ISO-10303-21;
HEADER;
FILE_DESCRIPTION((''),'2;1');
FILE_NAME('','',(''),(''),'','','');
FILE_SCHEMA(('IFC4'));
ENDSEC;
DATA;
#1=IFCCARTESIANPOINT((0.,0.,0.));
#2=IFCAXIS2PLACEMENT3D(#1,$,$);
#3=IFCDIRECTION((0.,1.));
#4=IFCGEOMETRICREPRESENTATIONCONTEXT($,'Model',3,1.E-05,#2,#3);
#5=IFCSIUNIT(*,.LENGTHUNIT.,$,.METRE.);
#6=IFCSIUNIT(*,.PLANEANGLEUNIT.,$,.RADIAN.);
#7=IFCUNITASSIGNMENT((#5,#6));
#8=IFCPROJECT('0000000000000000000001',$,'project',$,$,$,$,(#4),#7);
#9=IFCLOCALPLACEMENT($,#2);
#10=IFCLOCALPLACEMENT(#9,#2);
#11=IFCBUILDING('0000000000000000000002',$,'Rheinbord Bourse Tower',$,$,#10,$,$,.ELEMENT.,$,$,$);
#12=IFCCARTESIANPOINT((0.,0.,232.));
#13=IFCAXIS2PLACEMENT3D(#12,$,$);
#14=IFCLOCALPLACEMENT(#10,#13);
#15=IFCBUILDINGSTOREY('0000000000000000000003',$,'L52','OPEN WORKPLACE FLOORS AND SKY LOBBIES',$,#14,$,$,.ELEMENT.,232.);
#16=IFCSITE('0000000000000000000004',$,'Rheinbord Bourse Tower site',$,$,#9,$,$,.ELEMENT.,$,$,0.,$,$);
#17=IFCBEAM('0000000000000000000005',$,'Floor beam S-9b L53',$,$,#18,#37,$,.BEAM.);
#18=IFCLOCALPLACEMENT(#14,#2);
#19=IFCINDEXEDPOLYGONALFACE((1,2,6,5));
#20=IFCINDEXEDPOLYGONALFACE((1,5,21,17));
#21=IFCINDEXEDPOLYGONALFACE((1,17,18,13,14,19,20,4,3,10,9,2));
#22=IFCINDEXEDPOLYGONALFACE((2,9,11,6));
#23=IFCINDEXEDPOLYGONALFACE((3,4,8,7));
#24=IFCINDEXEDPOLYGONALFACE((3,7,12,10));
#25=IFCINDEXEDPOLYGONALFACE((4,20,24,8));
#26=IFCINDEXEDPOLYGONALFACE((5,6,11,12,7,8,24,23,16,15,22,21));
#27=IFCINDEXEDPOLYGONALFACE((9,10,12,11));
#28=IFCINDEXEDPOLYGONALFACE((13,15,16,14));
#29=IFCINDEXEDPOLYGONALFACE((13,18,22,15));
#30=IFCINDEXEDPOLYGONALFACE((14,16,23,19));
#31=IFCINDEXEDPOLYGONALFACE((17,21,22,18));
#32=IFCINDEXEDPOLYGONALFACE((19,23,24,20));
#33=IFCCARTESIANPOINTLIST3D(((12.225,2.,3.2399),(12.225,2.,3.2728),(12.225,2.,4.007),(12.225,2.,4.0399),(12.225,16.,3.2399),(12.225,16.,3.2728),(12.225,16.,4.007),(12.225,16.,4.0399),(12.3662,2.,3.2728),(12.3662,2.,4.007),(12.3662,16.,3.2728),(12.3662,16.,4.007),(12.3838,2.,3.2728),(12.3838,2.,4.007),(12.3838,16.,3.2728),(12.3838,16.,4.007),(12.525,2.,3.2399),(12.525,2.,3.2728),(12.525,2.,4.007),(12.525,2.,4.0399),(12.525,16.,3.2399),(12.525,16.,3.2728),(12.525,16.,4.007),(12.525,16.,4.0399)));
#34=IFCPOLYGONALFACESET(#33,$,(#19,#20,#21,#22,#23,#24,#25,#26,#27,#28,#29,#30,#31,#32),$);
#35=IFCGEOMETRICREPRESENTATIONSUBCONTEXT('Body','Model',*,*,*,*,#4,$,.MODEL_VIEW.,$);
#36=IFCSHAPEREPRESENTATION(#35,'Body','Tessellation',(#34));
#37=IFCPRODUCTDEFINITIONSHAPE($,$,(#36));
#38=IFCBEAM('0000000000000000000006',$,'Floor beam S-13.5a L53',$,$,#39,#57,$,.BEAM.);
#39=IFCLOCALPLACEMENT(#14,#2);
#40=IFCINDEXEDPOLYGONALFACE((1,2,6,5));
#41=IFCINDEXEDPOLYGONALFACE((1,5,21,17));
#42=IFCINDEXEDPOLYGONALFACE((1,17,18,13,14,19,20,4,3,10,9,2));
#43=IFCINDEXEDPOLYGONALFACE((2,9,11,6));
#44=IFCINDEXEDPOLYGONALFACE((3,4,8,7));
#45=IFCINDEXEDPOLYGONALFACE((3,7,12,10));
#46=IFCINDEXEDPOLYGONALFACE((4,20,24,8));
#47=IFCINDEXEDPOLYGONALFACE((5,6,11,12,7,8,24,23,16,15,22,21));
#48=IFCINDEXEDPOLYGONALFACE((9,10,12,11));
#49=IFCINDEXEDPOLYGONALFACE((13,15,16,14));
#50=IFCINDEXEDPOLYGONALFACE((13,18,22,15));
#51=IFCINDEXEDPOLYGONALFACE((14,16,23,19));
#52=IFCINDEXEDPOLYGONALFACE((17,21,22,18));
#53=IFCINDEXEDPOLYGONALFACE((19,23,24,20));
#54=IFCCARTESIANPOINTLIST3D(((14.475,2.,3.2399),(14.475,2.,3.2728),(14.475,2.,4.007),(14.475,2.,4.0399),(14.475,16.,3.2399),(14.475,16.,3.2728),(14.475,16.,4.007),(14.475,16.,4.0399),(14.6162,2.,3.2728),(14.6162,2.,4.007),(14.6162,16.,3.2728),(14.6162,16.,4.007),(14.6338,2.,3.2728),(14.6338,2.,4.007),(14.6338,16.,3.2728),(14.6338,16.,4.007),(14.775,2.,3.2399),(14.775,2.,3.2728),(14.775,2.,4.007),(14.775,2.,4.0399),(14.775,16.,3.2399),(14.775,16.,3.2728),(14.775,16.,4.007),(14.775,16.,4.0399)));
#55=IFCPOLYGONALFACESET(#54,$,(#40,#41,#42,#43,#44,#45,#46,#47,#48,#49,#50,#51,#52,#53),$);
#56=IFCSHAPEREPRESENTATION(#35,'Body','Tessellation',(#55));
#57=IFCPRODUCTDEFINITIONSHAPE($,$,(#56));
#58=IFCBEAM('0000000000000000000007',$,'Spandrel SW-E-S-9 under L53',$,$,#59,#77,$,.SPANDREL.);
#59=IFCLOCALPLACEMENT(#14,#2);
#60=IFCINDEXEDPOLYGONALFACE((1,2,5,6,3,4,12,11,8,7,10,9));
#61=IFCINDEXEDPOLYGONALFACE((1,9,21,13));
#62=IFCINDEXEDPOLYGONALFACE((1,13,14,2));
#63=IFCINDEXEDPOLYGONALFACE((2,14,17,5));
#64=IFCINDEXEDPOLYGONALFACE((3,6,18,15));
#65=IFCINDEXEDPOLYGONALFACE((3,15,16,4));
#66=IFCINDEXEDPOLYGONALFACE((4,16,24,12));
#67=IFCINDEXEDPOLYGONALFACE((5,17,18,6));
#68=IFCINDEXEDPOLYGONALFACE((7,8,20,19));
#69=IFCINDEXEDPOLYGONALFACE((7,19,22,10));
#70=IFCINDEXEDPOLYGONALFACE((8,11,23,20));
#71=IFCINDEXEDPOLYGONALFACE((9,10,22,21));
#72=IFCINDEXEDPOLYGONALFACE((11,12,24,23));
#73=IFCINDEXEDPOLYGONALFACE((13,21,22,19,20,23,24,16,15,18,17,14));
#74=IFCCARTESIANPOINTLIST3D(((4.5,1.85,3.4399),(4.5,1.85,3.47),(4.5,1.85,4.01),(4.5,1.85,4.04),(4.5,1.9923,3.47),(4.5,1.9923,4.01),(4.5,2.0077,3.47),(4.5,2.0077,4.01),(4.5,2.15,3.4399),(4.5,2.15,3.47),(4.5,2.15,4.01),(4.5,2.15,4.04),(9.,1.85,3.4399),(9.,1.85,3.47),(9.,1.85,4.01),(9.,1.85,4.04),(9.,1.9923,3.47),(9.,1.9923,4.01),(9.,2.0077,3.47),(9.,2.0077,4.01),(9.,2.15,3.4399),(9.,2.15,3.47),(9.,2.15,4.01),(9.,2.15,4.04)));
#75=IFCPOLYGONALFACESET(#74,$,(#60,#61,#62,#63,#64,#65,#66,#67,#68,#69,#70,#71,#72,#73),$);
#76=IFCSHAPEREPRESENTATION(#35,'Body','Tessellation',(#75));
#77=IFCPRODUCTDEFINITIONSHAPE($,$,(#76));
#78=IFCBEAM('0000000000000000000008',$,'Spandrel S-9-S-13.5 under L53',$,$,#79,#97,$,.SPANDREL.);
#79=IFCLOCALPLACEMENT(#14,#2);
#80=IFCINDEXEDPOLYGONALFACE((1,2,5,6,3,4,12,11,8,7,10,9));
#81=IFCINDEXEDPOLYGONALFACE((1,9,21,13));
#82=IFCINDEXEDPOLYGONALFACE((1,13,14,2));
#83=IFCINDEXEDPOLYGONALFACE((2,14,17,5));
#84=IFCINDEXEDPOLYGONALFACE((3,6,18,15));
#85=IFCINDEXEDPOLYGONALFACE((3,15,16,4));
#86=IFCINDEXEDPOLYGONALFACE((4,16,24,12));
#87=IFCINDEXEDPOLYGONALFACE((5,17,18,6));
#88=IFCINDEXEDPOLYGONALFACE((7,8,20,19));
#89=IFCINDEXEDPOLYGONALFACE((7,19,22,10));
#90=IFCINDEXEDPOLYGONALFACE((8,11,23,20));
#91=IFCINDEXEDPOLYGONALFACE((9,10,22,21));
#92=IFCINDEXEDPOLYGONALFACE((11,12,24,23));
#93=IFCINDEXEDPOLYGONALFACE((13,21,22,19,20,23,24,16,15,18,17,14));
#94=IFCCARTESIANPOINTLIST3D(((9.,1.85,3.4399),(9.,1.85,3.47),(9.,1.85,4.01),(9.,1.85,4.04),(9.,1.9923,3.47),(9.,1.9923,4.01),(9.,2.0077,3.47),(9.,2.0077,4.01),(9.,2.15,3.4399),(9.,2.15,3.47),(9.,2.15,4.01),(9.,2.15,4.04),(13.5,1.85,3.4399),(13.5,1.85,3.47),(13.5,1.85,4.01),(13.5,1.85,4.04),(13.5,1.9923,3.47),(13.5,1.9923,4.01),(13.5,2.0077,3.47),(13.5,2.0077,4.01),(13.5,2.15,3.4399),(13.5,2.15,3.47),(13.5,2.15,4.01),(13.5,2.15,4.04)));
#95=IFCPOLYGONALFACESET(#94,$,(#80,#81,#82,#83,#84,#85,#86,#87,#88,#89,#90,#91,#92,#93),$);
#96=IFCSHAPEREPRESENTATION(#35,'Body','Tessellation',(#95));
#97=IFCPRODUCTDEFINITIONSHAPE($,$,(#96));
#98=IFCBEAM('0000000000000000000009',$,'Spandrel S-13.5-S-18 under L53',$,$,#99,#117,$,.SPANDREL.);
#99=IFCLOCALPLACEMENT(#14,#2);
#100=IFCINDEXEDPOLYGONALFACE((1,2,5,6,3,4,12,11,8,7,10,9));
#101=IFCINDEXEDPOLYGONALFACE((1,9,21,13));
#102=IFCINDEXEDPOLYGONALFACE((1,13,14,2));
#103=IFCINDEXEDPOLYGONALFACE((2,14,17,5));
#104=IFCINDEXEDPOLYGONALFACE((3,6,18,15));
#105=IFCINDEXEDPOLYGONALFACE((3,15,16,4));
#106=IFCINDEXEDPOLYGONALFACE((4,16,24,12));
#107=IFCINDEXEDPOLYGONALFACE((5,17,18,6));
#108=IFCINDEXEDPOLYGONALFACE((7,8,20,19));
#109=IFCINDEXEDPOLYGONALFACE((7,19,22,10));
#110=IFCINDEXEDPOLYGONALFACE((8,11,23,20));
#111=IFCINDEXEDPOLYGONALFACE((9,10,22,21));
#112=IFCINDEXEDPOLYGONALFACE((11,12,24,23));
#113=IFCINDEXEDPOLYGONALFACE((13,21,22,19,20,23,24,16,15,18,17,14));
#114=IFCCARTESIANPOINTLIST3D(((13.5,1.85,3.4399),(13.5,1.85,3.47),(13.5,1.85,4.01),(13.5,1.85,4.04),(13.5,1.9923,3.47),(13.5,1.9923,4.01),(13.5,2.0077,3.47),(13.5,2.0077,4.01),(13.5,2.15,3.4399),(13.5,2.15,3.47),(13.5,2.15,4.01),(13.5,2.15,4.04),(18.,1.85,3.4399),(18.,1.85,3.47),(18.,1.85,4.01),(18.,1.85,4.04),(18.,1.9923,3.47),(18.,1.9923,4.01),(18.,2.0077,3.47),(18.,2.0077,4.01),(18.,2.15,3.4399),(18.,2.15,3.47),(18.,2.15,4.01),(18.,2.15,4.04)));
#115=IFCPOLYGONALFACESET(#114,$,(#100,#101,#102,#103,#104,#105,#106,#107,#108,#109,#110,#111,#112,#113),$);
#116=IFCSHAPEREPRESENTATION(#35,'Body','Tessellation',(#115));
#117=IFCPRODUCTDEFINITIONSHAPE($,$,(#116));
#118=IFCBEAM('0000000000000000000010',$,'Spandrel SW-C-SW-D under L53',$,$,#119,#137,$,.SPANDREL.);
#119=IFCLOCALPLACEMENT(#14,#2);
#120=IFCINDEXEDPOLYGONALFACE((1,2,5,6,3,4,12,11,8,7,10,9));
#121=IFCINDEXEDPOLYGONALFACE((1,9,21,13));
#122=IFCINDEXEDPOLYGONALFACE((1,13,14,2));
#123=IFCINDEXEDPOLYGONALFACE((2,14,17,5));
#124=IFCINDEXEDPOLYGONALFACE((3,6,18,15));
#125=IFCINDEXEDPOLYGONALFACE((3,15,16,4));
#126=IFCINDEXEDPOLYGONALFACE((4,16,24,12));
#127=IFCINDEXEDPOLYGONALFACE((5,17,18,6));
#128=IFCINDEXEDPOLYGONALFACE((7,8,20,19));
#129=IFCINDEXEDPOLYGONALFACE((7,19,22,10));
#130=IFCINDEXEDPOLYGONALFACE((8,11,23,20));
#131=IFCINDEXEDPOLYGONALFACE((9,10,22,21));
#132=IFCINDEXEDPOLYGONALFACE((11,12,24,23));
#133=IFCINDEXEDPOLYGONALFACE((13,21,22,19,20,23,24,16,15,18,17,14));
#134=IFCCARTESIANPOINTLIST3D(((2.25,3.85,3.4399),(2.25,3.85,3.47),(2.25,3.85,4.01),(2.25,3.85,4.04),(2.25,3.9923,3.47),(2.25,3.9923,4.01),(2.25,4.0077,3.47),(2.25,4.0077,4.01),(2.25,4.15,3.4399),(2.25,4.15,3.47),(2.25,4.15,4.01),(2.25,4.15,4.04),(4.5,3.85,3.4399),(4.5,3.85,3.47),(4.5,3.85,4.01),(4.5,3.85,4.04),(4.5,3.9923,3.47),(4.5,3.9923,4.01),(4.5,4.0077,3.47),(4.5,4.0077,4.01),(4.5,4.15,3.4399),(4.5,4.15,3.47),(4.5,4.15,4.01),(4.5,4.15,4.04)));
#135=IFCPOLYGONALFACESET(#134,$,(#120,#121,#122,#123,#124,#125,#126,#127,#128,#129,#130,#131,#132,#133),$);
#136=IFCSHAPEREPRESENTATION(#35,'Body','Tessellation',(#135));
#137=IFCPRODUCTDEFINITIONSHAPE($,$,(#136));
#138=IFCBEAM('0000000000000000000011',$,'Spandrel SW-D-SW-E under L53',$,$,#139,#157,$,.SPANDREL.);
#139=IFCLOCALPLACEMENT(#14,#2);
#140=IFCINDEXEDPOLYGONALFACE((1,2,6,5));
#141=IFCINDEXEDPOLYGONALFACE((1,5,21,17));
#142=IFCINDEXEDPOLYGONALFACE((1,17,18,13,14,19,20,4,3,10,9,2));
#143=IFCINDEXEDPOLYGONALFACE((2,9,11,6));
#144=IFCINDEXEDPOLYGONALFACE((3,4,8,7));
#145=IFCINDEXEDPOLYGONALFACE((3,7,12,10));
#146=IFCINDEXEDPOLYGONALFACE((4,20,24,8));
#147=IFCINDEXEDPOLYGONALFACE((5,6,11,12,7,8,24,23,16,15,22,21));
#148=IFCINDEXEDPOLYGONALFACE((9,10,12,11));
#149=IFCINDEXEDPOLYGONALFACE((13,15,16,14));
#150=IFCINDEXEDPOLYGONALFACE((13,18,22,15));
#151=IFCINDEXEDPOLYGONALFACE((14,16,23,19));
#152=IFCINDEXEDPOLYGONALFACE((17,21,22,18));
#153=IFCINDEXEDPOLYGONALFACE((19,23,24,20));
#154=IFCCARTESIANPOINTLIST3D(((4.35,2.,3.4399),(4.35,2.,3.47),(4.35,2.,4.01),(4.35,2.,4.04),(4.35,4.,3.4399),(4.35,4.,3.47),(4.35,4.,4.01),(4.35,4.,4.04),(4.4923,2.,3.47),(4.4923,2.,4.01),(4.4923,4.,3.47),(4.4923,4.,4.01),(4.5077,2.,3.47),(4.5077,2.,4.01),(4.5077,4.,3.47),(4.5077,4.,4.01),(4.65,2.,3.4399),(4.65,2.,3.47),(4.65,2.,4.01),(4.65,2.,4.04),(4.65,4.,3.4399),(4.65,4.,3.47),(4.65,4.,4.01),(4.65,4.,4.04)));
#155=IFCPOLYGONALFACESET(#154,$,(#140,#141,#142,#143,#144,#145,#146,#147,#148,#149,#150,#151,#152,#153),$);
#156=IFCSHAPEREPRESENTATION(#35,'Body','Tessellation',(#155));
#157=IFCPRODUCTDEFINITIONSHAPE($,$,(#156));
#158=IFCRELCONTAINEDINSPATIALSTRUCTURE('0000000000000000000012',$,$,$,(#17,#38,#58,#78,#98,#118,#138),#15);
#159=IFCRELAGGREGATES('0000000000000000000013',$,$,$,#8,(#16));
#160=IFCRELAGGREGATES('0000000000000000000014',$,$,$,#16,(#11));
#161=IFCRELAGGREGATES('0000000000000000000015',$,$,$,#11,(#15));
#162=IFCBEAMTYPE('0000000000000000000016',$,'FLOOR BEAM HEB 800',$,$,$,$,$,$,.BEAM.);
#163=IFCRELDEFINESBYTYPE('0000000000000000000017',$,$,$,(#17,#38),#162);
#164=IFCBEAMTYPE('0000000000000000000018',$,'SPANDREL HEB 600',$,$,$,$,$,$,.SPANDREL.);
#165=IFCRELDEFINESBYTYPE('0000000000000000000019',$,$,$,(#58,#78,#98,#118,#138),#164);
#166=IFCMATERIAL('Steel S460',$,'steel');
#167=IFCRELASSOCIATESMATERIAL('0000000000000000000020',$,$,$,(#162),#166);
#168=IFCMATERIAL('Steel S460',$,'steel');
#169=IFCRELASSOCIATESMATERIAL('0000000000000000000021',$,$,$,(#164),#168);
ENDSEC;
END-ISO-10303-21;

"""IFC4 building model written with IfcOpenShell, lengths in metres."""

from ifc_helpers import new_model, si_unit, direction, frame, origin, origin_2d, place, context, subcontext, project, spatial, i_section, extrude, material, material_profile, profile_set, type_object, element, save


model = new_model("IFC4")

# Units and contexts
model_context = context("Model", 3, precision=1e-05, world=origin(), true_north=direction((0.0, 1.0)))
body_context = subcontext(model_context, "Body", "Model", "MODEL_VIEW")
ifc_project = project(units=[si_unit("LENGTHUNIT", "METRE"), si_unit("PLANEANGLEUNIT", "RADIAN")], contexts=[model_context])

# Site, building, storey
site_placement = place(None, origin())
site = spatial("IfcSite", under=ifc_project, at=site_placement, Name="Rheinbord Bourse Tower site", CompositionType="ELEMENT", RefElevation=0.0)
building_placement = place(site_placement, origin())
building = spatial("IfcBuilding", under=site, at=building_placement, Name="Rheinbord Bourse Tower", CompositionType="ELEMENT")
storey_placement = place(building_placement, frame((0.0, 0.0, 232.0)))
storey = spatial("IfcBuildingStorey", under=building, at=storey_placement, Name="L52", Description="OPEN WORKPLACE FLOORS AND SKY LOBBIES", CompositionType="ELEMENT", Elevation=232.0)

# Beams
ifc_material_1 = material(Name="Steel S460", Category="steel")
ifc_material_profile_1 = material_profile(ifc_material_1, i_section(OverallWidth=0.3, OverallDepth=0.8, WebThickness=0.0176, FlangeThickness=0.033, at=origin_2d()), Name="HEB 800")
ifc_profile_set_1 = profile_set([ifc_material_profile_1], Name="Steel S460")
beam_type_1 = type_object("IfcBeamType", Name="FLOOR BEAM HEB 800", PredefinedType="BEAM", material=ifc_profile_set_1)
for number, where, z_axis, x_axis, name in (
    (1, (12.375, 2.0, 3.6399), (0.0, 1.0, 0.0), (-1.0, 0.0, 0.0), "Floor beam S-9b L53"),
    (2, (14.625, 2.0, 3.6399), (0.0, 1.0, 0.0), (-1.0, 0.0, 0.0), "Floor beam S-13.5a L53"),
):
    element("IfcBeam", number, at=place(storey_placement, frame(where, z_axis=z_axis, x_axis=x_axis)), inside=storey, type_object=beam_type_1, Name=name, PredefinedType="BEAM", context=body_context, shape_type="SweptSolid", body=[
        extrude(i_section(OverallWidth=0.3, OverallDepth=0.8, WebThickness=0.0176, FlangeThickness=0.033, at=origin_2d()), origin(), (0.0, 0.0, 1.0), 14.0),
    ])
ifc_material_2 = material(Name="Steel S460", Category="steel")
ifc_material_profile_2 = material_profile(ifc_material_2, i_section(OverallWidth=0.3, OverallDepth=0.6001, WebThickness=0.0154, FlangeThickness=0.03, at=origin_2d()), Name="HEB 600")
ifc_profile_set_2 = profile_set([ifc_material_profile_2], Name="Steel S460")
beam_type_2 = type_object("IfcBeamType", Name="SPANDREL HEB 600", PredefinedType="SPANDREL", material=ifc_profile_set_2)
for number, where, z_axis, x_axis, name in (
    (3, (4.5, 2.0, 3.74), (1.0, 0.0, 0.0), (0.0, 1.0, 0.0), "Spandrel SW-E-S-9 under L53"),
    (4, (9.0, 2.0, 3.74), (1.0, 0.0, 0.0), (0.0, 1.0, 0.0), "Spandrel S-9-S-13.5 under L53"),
    (5, (13.5, 2.0, 3.74), (1.0, 0.0, 0.0), (0.0, 1.0, 0.0), "Spandrel S-13.5-S-18 under L53"),
):
    element("IfcBeam", number, at=place(storey_placement, frame(where, z_axis=z_axis, x_axis=x_axis)), inside=storey, type_object=beam_type_2, Name=name, PredefinedType="SPANDREL", context=body_context, shape_type="SweptSolid", body=[
        extrude(i_section(OverallWidth=0.3, OverallDepth=0.6001, WebThickness=0.0154, FlangeThickness=0.03, at=origin_2d()), origin(), (0.0, 0.0, 1.0), 4.5),
    ])
beam_1_placement = place(storey_placement, frame((2.25, 4.0, 3.74), z_axis=(1.0, 0.0, 0.0), x_axis=(0.0, 1.0, 0.0)))
element("IfcBeam", 6, at=beam_1_placement, inside=storey, type_object=beam_type_2, Name="Spandrel SW-C-SW-D under L53", PredefinedType="SPANDREL", context=body_context, shape_type="SweptSolid", body=[
    extrude(i_section(OverallWidth=0.3, OverallDepth=0.6001, WebThickness=0.0154, FlangeThickness=0.03, at=origin_2d()), origin(), (0.0, 0.0, 1.0), 2.25),
])
beam_2_placement = place(storey_placement, frame((4.5, 4.0, 3.74), z_axis=(0.0, -1.0, 0.0), x_axis=(1.0, 0.0, 0.0)))
element("IfcBeam", 7, at=beam_2_placement, inside=storey, type_object=beam_type_2, Name="Spandrel SW-D-SW-E under L53", PredefinedType="SPANDREL", context=body_context, shape_type="SweptSolid", body=[
    extrude(i_section(OverallWidth=0.3, OverallDepth=0.6001, WebThickness=0.0154, FlangeThickness=0.03, at=origin_2d()), origin(), (0.0, 0.0, 1.0), 2.0),
])

save(model, "model.ifc")
